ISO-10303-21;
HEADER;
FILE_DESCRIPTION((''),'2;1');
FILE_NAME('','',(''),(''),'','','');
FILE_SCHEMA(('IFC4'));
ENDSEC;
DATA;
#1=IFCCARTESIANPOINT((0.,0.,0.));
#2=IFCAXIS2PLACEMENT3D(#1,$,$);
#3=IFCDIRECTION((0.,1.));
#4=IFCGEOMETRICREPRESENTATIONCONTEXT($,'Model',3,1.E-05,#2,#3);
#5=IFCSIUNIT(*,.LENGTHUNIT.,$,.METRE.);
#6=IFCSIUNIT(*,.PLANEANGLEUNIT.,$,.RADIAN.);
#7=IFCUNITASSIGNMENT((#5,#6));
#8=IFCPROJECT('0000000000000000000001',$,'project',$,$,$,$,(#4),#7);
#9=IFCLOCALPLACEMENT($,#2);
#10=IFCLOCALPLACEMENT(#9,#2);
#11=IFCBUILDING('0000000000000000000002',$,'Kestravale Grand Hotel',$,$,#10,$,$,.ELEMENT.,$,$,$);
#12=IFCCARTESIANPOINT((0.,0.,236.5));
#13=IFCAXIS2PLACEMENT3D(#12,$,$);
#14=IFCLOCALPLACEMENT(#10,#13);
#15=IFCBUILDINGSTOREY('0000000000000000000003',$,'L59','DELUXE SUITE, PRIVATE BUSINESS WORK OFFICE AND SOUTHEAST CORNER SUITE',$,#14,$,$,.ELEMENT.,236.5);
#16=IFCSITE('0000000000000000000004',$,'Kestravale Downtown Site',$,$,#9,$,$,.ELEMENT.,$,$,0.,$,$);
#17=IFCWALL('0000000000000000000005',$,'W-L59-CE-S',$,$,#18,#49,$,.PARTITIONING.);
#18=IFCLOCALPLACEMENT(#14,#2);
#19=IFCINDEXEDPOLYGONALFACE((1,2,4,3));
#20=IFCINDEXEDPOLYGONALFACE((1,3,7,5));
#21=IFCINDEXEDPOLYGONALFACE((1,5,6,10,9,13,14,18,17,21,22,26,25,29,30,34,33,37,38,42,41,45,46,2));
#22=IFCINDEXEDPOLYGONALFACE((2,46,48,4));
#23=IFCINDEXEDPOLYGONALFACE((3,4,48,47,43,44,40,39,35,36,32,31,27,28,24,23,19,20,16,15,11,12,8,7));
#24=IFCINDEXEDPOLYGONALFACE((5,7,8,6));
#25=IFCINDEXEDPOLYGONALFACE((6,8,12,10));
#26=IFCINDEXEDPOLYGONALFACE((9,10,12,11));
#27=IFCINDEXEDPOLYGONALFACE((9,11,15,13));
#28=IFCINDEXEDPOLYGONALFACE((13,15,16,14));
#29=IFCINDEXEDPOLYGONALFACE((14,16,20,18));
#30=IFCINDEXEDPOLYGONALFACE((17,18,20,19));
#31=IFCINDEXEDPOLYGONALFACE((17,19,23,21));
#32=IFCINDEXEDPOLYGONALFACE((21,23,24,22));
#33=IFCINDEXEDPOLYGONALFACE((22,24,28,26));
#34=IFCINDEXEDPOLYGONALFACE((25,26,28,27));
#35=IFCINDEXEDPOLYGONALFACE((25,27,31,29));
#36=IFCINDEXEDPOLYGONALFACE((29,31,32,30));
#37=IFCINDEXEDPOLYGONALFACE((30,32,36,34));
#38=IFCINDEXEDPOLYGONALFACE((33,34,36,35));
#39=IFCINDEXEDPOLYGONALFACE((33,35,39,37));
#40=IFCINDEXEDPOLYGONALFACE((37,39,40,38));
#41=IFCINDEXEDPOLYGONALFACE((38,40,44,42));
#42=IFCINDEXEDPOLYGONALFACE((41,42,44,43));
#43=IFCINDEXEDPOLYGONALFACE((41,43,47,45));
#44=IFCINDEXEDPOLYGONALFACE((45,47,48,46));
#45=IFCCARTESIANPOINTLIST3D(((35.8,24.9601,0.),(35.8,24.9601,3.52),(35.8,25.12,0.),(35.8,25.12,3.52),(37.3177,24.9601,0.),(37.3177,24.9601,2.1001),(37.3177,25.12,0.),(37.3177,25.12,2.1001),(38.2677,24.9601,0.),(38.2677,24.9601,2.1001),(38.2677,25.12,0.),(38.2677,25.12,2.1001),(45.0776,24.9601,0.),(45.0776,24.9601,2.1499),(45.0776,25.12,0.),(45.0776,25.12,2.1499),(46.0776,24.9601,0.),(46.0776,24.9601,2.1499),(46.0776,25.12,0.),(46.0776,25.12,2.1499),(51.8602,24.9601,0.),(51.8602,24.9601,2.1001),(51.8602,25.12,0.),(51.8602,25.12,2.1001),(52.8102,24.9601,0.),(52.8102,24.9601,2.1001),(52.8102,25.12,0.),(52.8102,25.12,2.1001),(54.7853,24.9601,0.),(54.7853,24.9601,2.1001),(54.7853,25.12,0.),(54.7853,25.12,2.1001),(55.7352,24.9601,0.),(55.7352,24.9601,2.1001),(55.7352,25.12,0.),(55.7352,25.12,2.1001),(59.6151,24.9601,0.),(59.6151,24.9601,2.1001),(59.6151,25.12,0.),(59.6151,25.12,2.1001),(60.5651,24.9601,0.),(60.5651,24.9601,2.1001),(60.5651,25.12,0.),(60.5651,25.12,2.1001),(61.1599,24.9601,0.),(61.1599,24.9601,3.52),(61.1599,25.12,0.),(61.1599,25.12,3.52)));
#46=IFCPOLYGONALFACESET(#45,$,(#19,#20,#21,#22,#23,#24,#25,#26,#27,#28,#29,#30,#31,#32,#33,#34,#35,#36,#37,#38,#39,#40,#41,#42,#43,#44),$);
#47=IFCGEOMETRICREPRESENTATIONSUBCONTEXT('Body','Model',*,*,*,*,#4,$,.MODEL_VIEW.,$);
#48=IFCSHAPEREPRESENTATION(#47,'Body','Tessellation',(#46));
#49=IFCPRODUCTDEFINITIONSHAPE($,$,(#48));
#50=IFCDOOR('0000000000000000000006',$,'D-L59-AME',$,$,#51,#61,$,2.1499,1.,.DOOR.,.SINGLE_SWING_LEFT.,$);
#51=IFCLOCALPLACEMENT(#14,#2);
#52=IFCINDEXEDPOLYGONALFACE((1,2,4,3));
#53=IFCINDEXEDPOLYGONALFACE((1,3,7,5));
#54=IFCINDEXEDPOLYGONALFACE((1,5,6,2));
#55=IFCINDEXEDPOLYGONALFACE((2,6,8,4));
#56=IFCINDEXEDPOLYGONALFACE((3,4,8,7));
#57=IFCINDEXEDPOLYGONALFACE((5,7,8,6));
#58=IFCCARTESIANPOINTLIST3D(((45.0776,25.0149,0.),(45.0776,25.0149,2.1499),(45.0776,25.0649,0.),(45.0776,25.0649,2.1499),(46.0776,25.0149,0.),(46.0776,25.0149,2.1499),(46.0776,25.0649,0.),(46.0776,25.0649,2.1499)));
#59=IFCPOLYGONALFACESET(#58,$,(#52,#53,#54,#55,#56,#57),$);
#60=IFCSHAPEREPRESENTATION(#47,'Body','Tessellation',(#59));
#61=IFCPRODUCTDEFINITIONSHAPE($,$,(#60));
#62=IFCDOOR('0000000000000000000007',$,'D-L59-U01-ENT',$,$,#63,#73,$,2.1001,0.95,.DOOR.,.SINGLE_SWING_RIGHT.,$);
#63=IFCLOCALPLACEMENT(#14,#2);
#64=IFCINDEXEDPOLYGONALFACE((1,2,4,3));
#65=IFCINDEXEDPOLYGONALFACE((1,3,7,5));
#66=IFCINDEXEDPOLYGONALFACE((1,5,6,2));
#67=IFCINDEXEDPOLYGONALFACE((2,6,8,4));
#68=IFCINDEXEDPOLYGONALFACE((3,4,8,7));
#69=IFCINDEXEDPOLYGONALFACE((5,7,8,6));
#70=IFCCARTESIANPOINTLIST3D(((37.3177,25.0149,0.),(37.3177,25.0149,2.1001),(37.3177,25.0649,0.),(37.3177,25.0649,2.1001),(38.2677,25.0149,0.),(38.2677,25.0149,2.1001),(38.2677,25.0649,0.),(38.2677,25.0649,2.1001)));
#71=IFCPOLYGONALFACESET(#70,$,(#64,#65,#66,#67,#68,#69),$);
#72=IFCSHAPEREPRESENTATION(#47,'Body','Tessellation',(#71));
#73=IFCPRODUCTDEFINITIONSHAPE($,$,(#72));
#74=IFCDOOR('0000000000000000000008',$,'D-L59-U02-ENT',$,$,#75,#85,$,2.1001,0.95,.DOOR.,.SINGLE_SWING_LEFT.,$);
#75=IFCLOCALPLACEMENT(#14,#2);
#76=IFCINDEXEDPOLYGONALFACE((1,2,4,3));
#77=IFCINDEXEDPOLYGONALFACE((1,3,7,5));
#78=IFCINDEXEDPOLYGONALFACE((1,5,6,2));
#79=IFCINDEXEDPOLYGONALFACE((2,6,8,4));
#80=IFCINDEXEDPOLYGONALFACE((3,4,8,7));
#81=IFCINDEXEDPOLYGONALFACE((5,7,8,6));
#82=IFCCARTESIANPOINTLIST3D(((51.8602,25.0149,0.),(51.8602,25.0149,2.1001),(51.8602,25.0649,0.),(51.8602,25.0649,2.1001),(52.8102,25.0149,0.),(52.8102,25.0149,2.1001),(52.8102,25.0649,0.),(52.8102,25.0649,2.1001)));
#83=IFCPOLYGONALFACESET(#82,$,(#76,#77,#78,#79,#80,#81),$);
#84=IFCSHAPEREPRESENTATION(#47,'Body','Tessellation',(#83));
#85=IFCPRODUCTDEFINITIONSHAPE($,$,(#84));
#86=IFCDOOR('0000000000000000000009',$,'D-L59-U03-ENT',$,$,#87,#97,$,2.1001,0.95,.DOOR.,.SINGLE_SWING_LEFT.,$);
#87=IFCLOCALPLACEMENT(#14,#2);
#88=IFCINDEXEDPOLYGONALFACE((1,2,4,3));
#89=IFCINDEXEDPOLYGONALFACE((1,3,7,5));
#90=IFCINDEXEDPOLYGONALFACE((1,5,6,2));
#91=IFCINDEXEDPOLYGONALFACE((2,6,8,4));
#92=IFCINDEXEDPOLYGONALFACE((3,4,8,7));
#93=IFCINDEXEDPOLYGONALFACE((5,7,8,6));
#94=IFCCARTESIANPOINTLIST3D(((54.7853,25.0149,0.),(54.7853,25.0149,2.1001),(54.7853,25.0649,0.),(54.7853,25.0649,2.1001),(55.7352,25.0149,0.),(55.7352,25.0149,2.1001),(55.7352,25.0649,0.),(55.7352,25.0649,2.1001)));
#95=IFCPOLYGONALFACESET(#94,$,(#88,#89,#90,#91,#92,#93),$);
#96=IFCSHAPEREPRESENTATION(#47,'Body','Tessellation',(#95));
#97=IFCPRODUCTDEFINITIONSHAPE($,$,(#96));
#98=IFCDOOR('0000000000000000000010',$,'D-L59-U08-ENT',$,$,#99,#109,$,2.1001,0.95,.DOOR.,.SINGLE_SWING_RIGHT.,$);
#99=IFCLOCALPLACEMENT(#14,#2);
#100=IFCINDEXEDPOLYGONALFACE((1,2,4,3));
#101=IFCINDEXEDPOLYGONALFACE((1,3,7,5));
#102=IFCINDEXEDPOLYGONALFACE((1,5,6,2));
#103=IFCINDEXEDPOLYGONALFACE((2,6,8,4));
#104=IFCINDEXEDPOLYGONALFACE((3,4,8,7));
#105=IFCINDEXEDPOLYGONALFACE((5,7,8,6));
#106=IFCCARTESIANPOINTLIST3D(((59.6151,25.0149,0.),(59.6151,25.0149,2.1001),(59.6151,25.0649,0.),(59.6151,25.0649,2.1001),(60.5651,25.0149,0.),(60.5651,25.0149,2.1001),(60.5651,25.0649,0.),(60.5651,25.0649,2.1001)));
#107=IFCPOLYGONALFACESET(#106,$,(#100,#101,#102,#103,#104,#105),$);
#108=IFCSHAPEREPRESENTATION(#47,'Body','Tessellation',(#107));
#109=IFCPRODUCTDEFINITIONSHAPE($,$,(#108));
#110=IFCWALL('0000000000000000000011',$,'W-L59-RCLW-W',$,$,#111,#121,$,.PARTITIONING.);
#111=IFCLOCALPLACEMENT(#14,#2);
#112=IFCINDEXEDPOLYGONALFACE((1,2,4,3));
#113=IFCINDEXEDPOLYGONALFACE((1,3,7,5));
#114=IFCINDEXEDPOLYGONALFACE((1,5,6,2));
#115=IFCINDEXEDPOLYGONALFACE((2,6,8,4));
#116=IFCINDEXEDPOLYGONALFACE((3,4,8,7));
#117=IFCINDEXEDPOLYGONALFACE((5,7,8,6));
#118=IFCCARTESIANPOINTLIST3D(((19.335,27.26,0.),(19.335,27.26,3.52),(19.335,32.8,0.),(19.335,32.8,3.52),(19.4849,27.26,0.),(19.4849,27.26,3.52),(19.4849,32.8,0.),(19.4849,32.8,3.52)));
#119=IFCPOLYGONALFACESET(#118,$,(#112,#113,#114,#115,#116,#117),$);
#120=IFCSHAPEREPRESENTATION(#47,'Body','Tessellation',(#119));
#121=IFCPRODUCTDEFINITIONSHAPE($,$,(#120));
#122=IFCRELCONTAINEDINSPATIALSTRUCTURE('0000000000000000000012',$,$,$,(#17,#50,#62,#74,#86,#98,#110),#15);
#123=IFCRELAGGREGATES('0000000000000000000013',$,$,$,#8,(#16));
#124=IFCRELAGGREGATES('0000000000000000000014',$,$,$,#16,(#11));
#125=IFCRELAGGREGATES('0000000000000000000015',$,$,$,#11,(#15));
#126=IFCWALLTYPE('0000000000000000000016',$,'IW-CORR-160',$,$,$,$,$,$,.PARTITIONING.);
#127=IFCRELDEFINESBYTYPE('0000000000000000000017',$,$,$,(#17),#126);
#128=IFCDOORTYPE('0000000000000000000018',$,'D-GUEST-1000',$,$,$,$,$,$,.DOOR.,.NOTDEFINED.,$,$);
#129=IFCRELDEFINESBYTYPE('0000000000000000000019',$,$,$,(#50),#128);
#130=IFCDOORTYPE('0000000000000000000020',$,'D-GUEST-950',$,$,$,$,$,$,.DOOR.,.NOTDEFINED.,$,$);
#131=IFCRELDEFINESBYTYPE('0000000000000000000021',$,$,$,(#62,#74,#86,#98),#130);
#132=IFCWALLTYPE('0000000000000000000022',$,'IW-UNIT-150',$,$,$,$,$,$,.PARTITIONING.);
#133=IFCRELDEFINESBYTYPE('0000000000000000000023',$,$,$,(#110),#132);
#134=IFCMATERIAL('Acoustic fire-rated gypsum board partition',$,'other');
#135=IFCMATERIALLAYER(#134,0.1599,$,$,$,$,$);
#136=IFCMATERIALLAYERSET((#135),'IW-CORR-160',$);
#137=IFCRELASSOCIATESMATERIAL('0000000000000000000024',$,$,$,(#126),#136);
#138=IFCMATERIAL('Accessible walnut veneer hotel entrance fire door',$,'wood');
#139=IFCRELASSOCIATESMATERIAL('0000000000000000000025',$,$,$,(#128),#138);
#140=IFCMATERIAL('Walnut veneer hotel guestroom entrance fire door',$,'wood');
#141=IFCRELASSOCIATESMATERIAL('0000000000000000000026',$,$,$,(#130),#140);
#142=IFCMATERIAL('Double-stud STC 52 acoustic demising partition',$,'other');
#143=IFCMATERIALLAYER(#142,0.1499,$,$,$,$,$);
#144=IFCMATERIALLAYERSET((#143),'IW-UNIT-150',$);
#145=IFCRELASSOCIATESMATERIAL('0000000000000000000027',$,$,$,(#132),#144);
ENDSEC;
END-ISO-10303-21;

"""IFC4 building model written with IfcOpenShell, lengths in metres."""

from ifc_helpers import new_model, si_unit, direction, frame, frame_2d, origin, place, context, subcontext, project, spatial, rectangle, extrude, material, layer, layer_set, type_object, element, fill, save


model = new_model("IFC4")

# Units and contexts
model_context = context("Model", 3, precision=1e-05, world=origin(), true_north=direction((0.0, 1.0)))
body_context = subcontext(model_context, "Body", "Model", "MODEL_VIEW")
ifc_project = project(units=[si_unit("LENGTHUNIT", "METRE"), si_unit("PLANEANGLEUNIT", "RADIAN")], contexts=[model_context])

# Site, building, storey
site_placement = place(None, origin())
site = spatial("IfcSite", under=ifc_project, at=site_placement, Name="Kestravale Downtown Site", CompositionType="ELEMENT", RefElevation=0.0)
building_placement = place(site_placement, origin())
building = spatial("IfcBuilding", under=site, at=building_placement, Name="Kestravale Grand Hotel", CompositionType="ELEMENT")
storey_placement = place(building_placement, frame((0.0, 0.0, 236.5)))
storey = spatial("IfcBuildingStorey", under=building, at=storey_placement, Name="L59", Description="DELUXE SUITE, PRIVATE BUSINESS WORK OFFICE AND SOUTHEAST CORNER SUITE", CompositionType="ELEMENT", Elevation=236.5)

# Shared definitions
ifc_material_1 = material(Name="Acoustic fire-rated gypsum board partition", Category="other")
ifc_layer_1 = layer(ifc_material_1, 0.1599)
ifc_layer_set_1 = layer_set([ifc_layer_1], Name="IW-CORR-160")
wall_type_1 = type_object("IfcWallType", Name="IW-CORR-160", PredefinedType="PARTITIONING", material=ifc_layer_set_1)
ifc_material_2 = material(Name="Accessible walnut veneer hotel entrance fire door", Category="wood")
door_type_1 = type_object("IfcDoorType", Name="D-GUEST-1000", OperationType="NOTDEFINED", PredefinedType="DOOR", material=ifc_material_2)

# Wall, openings, doors
wall_1_placement = place(storey_placement, frame((35.8, 25.04, 0.0), z_axis=(0.0, 0.0, 1.0), x_axis=(1.0, 0.0, 0.0)))
wall_1 = element("IfcWall", 1, at=wall_1_placement, inside=storey, type_object=wall_type_1, Name="W-L59-CE-S", PredefinedType="PARTITIONING", context=body_context, shape_type="SweptSolid", body=[
    extrude(rectangle(XDim=25.3599, YDim=0.1599, at=frame_2d((12.6799, 0.0))), origin(), (0.0, 0.0, 1.0), 3.52),
])
opening_1_placement = place(wall_1_placement, frame((1.5176, 0.0, 0.0)))
opening_1 = element("IfcOpeningElement", 2, at=opening_1_placement, cuts=wall_1, PredefinedType="OPENING", context=body_context, shape_type="SweptSolid", body=[
    extrude(rectangle(XDim=0.95, YDim=2.1001, at=frame_2d((0.4751, 1.05))), frame((0.0, 0.0898, 0.0), z_axis=(0.0, -1.0, 0.0), x_axis=(1.0, 0.0, 0.0)), (0.0, 0.0, 1.0), 0.1799),
])
opening_2_placement = place(wall_1_placement, frame((9.2776, 0.0, 0.0)))
opening_2 = element("IfcOpeningElement", 3, at=opening_2_placement, cuts=wall_1, PredefinedType="OPENING", context=body_context, shape_type="SweptSolid", body=[
    extrude(rectangle(XDim=1.0, YDim=2.1499, at=frame_2d((0.5, 1.075))), frame((0.0, 0.0898, 0.0), z_axis=(0.0, -1.0, 0.0), x_axis=(1.0, 0.0, 0.0)), (0.0, 0.0, 1.0), 0.1799),
])
opening_3_placement = place(wall_1_placement, frame((16.0601, 0.0, 0.0)))
opening_3 = element("IfcOpeningElement", 4, at=opening_3_placement, cuts=wall_1, PredefinedType="OPENING", context=body_context, shape_type="SweptSolid", body=[
    extrude(rectangle(XDim=0.95, YDim=2.1001, at=frame_2d((0.4751, 1.05))), frame((0.0, 0.0898, 0.0), z_axis=(0.0, -1.0, 0.0), x_axis=(1.0, 0.0, 0.0)), (0.0, 0.0, 1.0), 0.1799),
])
opening_4_placement = place(wall_1_placement, frame((18.9851, 0.0, 0.0)))
opening_4 = element("IfcOpeningElement", 5, at=opening_4_placement, cuts=wall_1, PredefinedType="OPENING", context=body_context, shape_type="SweptSolid", body=[
    extrude(rectangle(XDim=0.95, YDim=2.1001, at=frame_2d((0.4751, 1.05))), frame((0.0, 0.0898, 0.0), z_axis=(0.0, -1.0, 0.0), x_axis=(1.0, 0.0, 0.0)), (0.0, 0.0, 1.0), 0.1799),
])
opening_5_placement = place(wall_1_placement, frame((23.8149, 0.0, 0.0)))
opening_5 = element("IfcOpeningElement", 6, at=opening_5_placement, cuts=wall_1, PredefinedType="OPENING", context=body_context, shape_type="SweptSolid", body=[
    extrude(rectangle(XDim=0.95, YDim=2.1001, at=frame_2d((0.4751, 1.05))), frame((0.0, 0.0898, 0.0), z_axis=(0.0, -1.0, 0.0), x_axis=(1.0, 0.0, 0.0)), (0.0, 0.0, 1.0), 0.1799),
])
door_1_placement = place(opening_2_placement, origin())
door_1 = element("IfcDoor", 7, at=door_1_placement, inside=storey, type_object=door_type_1, Name="D-L59-AME", OperationType="SINGLE_SWING_LEFT", OverallHeight=2.1499, OverallWidth=1.0, PredefinedType="DOOR", context=body_context, shape_type="SweptSolid", body=[
    extrude(rectangle(XDim=1.0, YDim=2.1499, at=frame_2d((0.5, 1.075))), frame((0.0, 0.0249, 0.0), z_axis=(0.0, -1.0, 0.0), x_axis=(1.0, 0.0, 0.0)), (0.0, 0.0, 1.0), 0.05),
])
fill(opening_2, door_1)
ifc_material_3 = material(Name="Walnut veneer hotel guestroom entrance fire door", Category="wood")
door_type_2 = type_object("IfcDoorType", Name="D-GUEST-950", OperationType="NOTDEFINED", PredefinedType="DOOR", material=ifc_material_3)
door_2_placement = place(opening_1_placement, origin())
door_2 = element("IfcDoor", 8, at=door_2_placement, inside=storey, type_object=door_type_2, Name="D-L59-U01-ENT", OperationType="SINGLE_SWING_RIGHT", OverallHeight=2.1001, OverallWidth=0.95, PredefinedType="DOOR", context=body_context, shape_type="SweptSolid", body=[
    extrude(rectangle(XDim=0.95, YDim=2.1001, at=frame_2d((0.4751, 1.05))), frame((0.0, 0.0249, 0.0), z_axis=(0.0, -1.0, 0.0), x_axis=(1.0, 0.0, 0.0)), (0.0, 0.0, 1.0), 0.05),
])
fill(opening_1, door_2)
door_3_placement = place(opening_3_placement, origin())
door_3 = element("IfcDoor", 9, at=door_3_placement, inside=storey, type_object=door_type_2, Name="D-L59-U02-ENT", OperationType="SINGLE_SWING_LEFT", OverallHeight=2.1001, OverallWidth=0.95, PredefinedType="DOOR", context=body_context, shape_type="SweptSolid", body=[
    extrude(rectangle(XDim=0.95, YDim=2.1001, at=frame_2d((0.4751, 1.05))), frame((0.0, 0.0249, 0.0), z_axis=(0.0, -1.0, 0.0), x_axis=(1.0, 0.0, 0.0)), (0.0, 0.0, 1.0), 0.05),
])
fill(opening_3, door_3)
door_4_placement = place(opening_4_placement, origin())
door_4 = element("IfcDoor", 10, at=door_4_placement, inside=storey, type_object=door_type_2, Name="D-L59-U03-ENT", OperationType="SINGLE_SWING_LEFT", OverallHeight=2.1001, OverallWidth=0.95, PredefinedType="DOOR", context=body_context, shape_type="SweptSolid", body=[
    extrude(rectangle(XDim=0.95, YDim=2.1001, at=frame_2d((0.4751, 1.05))), frame((0.0, 0.0249, 0.0), z_axis=(0.0, -1.0, 0.0), x_axis=(1.0, 0.0, 0.0)), (0.0, 0.0, 1.0), 0.05),
])
fill(opening_4, door_4)
door_5_placement = place(opening_5_placement, origin())
door_5 = element("IfcDoor", 11, at=door_5_placement, inside=storey, type_object=door_type_2, Name="D-L59-U08-ENT", OperationType="SINGLE_SWING_RIGHT", OverallHeight=2.1001, OverallWidth=0.95, PredefinedType="DOOR", context=body_context, shape_type="SweptSolid", body=[
    extrude(rectangle(XDim=0.95, YDim=2.1001, at=frame_2d((0.4751, 1.05))), frame((0.0, 0.0249, 0.0), z_axis=(0.0, -1.0, 0.0), x_axis=(1.0, 0.0, 0.0)), (0.0, 0.0, 1.0), 0.05),
])
fill(opening_5, door_5)

# Wall
ifc_material_4 = material(Name="Double-stud STC 52 acoustic demising partition", Category="other")
ifc_layer_2 = layer(ifc_material_4, 0.1499)
ifc_layer_set_2 = layer_set([ifc_layer_2], Name="IW-UNIT-150")
wall_type_2 = type_object("IfcWallType", Name="IW-UNIT-150", PredefinedType="PARTITIONING", material=ifc_layer_set_2)
wall_2_placement = place(storey_placement, frame((19.4099, 27.26, 0.0), z_axis=(0.0, 0.0, 1.0), x_axis=(0.0, 1.0, 0.0)))
element("IfcWall", 12, at=wall_2_placement, inside=storey, type_object=wall_type_2, Name="W-L59-RCLW-W", PredefinedType="PARTITIONING", context=body_context, shape_type="SweptSolid", body=[
    extrude(rectangle(XDim=5.54, YDim=0.1499, at=frame_2d((2.77, 0.0))), origin(), (0.0, 0.0, 1.0), 3.52),
])

save(model, "model.ifc")
